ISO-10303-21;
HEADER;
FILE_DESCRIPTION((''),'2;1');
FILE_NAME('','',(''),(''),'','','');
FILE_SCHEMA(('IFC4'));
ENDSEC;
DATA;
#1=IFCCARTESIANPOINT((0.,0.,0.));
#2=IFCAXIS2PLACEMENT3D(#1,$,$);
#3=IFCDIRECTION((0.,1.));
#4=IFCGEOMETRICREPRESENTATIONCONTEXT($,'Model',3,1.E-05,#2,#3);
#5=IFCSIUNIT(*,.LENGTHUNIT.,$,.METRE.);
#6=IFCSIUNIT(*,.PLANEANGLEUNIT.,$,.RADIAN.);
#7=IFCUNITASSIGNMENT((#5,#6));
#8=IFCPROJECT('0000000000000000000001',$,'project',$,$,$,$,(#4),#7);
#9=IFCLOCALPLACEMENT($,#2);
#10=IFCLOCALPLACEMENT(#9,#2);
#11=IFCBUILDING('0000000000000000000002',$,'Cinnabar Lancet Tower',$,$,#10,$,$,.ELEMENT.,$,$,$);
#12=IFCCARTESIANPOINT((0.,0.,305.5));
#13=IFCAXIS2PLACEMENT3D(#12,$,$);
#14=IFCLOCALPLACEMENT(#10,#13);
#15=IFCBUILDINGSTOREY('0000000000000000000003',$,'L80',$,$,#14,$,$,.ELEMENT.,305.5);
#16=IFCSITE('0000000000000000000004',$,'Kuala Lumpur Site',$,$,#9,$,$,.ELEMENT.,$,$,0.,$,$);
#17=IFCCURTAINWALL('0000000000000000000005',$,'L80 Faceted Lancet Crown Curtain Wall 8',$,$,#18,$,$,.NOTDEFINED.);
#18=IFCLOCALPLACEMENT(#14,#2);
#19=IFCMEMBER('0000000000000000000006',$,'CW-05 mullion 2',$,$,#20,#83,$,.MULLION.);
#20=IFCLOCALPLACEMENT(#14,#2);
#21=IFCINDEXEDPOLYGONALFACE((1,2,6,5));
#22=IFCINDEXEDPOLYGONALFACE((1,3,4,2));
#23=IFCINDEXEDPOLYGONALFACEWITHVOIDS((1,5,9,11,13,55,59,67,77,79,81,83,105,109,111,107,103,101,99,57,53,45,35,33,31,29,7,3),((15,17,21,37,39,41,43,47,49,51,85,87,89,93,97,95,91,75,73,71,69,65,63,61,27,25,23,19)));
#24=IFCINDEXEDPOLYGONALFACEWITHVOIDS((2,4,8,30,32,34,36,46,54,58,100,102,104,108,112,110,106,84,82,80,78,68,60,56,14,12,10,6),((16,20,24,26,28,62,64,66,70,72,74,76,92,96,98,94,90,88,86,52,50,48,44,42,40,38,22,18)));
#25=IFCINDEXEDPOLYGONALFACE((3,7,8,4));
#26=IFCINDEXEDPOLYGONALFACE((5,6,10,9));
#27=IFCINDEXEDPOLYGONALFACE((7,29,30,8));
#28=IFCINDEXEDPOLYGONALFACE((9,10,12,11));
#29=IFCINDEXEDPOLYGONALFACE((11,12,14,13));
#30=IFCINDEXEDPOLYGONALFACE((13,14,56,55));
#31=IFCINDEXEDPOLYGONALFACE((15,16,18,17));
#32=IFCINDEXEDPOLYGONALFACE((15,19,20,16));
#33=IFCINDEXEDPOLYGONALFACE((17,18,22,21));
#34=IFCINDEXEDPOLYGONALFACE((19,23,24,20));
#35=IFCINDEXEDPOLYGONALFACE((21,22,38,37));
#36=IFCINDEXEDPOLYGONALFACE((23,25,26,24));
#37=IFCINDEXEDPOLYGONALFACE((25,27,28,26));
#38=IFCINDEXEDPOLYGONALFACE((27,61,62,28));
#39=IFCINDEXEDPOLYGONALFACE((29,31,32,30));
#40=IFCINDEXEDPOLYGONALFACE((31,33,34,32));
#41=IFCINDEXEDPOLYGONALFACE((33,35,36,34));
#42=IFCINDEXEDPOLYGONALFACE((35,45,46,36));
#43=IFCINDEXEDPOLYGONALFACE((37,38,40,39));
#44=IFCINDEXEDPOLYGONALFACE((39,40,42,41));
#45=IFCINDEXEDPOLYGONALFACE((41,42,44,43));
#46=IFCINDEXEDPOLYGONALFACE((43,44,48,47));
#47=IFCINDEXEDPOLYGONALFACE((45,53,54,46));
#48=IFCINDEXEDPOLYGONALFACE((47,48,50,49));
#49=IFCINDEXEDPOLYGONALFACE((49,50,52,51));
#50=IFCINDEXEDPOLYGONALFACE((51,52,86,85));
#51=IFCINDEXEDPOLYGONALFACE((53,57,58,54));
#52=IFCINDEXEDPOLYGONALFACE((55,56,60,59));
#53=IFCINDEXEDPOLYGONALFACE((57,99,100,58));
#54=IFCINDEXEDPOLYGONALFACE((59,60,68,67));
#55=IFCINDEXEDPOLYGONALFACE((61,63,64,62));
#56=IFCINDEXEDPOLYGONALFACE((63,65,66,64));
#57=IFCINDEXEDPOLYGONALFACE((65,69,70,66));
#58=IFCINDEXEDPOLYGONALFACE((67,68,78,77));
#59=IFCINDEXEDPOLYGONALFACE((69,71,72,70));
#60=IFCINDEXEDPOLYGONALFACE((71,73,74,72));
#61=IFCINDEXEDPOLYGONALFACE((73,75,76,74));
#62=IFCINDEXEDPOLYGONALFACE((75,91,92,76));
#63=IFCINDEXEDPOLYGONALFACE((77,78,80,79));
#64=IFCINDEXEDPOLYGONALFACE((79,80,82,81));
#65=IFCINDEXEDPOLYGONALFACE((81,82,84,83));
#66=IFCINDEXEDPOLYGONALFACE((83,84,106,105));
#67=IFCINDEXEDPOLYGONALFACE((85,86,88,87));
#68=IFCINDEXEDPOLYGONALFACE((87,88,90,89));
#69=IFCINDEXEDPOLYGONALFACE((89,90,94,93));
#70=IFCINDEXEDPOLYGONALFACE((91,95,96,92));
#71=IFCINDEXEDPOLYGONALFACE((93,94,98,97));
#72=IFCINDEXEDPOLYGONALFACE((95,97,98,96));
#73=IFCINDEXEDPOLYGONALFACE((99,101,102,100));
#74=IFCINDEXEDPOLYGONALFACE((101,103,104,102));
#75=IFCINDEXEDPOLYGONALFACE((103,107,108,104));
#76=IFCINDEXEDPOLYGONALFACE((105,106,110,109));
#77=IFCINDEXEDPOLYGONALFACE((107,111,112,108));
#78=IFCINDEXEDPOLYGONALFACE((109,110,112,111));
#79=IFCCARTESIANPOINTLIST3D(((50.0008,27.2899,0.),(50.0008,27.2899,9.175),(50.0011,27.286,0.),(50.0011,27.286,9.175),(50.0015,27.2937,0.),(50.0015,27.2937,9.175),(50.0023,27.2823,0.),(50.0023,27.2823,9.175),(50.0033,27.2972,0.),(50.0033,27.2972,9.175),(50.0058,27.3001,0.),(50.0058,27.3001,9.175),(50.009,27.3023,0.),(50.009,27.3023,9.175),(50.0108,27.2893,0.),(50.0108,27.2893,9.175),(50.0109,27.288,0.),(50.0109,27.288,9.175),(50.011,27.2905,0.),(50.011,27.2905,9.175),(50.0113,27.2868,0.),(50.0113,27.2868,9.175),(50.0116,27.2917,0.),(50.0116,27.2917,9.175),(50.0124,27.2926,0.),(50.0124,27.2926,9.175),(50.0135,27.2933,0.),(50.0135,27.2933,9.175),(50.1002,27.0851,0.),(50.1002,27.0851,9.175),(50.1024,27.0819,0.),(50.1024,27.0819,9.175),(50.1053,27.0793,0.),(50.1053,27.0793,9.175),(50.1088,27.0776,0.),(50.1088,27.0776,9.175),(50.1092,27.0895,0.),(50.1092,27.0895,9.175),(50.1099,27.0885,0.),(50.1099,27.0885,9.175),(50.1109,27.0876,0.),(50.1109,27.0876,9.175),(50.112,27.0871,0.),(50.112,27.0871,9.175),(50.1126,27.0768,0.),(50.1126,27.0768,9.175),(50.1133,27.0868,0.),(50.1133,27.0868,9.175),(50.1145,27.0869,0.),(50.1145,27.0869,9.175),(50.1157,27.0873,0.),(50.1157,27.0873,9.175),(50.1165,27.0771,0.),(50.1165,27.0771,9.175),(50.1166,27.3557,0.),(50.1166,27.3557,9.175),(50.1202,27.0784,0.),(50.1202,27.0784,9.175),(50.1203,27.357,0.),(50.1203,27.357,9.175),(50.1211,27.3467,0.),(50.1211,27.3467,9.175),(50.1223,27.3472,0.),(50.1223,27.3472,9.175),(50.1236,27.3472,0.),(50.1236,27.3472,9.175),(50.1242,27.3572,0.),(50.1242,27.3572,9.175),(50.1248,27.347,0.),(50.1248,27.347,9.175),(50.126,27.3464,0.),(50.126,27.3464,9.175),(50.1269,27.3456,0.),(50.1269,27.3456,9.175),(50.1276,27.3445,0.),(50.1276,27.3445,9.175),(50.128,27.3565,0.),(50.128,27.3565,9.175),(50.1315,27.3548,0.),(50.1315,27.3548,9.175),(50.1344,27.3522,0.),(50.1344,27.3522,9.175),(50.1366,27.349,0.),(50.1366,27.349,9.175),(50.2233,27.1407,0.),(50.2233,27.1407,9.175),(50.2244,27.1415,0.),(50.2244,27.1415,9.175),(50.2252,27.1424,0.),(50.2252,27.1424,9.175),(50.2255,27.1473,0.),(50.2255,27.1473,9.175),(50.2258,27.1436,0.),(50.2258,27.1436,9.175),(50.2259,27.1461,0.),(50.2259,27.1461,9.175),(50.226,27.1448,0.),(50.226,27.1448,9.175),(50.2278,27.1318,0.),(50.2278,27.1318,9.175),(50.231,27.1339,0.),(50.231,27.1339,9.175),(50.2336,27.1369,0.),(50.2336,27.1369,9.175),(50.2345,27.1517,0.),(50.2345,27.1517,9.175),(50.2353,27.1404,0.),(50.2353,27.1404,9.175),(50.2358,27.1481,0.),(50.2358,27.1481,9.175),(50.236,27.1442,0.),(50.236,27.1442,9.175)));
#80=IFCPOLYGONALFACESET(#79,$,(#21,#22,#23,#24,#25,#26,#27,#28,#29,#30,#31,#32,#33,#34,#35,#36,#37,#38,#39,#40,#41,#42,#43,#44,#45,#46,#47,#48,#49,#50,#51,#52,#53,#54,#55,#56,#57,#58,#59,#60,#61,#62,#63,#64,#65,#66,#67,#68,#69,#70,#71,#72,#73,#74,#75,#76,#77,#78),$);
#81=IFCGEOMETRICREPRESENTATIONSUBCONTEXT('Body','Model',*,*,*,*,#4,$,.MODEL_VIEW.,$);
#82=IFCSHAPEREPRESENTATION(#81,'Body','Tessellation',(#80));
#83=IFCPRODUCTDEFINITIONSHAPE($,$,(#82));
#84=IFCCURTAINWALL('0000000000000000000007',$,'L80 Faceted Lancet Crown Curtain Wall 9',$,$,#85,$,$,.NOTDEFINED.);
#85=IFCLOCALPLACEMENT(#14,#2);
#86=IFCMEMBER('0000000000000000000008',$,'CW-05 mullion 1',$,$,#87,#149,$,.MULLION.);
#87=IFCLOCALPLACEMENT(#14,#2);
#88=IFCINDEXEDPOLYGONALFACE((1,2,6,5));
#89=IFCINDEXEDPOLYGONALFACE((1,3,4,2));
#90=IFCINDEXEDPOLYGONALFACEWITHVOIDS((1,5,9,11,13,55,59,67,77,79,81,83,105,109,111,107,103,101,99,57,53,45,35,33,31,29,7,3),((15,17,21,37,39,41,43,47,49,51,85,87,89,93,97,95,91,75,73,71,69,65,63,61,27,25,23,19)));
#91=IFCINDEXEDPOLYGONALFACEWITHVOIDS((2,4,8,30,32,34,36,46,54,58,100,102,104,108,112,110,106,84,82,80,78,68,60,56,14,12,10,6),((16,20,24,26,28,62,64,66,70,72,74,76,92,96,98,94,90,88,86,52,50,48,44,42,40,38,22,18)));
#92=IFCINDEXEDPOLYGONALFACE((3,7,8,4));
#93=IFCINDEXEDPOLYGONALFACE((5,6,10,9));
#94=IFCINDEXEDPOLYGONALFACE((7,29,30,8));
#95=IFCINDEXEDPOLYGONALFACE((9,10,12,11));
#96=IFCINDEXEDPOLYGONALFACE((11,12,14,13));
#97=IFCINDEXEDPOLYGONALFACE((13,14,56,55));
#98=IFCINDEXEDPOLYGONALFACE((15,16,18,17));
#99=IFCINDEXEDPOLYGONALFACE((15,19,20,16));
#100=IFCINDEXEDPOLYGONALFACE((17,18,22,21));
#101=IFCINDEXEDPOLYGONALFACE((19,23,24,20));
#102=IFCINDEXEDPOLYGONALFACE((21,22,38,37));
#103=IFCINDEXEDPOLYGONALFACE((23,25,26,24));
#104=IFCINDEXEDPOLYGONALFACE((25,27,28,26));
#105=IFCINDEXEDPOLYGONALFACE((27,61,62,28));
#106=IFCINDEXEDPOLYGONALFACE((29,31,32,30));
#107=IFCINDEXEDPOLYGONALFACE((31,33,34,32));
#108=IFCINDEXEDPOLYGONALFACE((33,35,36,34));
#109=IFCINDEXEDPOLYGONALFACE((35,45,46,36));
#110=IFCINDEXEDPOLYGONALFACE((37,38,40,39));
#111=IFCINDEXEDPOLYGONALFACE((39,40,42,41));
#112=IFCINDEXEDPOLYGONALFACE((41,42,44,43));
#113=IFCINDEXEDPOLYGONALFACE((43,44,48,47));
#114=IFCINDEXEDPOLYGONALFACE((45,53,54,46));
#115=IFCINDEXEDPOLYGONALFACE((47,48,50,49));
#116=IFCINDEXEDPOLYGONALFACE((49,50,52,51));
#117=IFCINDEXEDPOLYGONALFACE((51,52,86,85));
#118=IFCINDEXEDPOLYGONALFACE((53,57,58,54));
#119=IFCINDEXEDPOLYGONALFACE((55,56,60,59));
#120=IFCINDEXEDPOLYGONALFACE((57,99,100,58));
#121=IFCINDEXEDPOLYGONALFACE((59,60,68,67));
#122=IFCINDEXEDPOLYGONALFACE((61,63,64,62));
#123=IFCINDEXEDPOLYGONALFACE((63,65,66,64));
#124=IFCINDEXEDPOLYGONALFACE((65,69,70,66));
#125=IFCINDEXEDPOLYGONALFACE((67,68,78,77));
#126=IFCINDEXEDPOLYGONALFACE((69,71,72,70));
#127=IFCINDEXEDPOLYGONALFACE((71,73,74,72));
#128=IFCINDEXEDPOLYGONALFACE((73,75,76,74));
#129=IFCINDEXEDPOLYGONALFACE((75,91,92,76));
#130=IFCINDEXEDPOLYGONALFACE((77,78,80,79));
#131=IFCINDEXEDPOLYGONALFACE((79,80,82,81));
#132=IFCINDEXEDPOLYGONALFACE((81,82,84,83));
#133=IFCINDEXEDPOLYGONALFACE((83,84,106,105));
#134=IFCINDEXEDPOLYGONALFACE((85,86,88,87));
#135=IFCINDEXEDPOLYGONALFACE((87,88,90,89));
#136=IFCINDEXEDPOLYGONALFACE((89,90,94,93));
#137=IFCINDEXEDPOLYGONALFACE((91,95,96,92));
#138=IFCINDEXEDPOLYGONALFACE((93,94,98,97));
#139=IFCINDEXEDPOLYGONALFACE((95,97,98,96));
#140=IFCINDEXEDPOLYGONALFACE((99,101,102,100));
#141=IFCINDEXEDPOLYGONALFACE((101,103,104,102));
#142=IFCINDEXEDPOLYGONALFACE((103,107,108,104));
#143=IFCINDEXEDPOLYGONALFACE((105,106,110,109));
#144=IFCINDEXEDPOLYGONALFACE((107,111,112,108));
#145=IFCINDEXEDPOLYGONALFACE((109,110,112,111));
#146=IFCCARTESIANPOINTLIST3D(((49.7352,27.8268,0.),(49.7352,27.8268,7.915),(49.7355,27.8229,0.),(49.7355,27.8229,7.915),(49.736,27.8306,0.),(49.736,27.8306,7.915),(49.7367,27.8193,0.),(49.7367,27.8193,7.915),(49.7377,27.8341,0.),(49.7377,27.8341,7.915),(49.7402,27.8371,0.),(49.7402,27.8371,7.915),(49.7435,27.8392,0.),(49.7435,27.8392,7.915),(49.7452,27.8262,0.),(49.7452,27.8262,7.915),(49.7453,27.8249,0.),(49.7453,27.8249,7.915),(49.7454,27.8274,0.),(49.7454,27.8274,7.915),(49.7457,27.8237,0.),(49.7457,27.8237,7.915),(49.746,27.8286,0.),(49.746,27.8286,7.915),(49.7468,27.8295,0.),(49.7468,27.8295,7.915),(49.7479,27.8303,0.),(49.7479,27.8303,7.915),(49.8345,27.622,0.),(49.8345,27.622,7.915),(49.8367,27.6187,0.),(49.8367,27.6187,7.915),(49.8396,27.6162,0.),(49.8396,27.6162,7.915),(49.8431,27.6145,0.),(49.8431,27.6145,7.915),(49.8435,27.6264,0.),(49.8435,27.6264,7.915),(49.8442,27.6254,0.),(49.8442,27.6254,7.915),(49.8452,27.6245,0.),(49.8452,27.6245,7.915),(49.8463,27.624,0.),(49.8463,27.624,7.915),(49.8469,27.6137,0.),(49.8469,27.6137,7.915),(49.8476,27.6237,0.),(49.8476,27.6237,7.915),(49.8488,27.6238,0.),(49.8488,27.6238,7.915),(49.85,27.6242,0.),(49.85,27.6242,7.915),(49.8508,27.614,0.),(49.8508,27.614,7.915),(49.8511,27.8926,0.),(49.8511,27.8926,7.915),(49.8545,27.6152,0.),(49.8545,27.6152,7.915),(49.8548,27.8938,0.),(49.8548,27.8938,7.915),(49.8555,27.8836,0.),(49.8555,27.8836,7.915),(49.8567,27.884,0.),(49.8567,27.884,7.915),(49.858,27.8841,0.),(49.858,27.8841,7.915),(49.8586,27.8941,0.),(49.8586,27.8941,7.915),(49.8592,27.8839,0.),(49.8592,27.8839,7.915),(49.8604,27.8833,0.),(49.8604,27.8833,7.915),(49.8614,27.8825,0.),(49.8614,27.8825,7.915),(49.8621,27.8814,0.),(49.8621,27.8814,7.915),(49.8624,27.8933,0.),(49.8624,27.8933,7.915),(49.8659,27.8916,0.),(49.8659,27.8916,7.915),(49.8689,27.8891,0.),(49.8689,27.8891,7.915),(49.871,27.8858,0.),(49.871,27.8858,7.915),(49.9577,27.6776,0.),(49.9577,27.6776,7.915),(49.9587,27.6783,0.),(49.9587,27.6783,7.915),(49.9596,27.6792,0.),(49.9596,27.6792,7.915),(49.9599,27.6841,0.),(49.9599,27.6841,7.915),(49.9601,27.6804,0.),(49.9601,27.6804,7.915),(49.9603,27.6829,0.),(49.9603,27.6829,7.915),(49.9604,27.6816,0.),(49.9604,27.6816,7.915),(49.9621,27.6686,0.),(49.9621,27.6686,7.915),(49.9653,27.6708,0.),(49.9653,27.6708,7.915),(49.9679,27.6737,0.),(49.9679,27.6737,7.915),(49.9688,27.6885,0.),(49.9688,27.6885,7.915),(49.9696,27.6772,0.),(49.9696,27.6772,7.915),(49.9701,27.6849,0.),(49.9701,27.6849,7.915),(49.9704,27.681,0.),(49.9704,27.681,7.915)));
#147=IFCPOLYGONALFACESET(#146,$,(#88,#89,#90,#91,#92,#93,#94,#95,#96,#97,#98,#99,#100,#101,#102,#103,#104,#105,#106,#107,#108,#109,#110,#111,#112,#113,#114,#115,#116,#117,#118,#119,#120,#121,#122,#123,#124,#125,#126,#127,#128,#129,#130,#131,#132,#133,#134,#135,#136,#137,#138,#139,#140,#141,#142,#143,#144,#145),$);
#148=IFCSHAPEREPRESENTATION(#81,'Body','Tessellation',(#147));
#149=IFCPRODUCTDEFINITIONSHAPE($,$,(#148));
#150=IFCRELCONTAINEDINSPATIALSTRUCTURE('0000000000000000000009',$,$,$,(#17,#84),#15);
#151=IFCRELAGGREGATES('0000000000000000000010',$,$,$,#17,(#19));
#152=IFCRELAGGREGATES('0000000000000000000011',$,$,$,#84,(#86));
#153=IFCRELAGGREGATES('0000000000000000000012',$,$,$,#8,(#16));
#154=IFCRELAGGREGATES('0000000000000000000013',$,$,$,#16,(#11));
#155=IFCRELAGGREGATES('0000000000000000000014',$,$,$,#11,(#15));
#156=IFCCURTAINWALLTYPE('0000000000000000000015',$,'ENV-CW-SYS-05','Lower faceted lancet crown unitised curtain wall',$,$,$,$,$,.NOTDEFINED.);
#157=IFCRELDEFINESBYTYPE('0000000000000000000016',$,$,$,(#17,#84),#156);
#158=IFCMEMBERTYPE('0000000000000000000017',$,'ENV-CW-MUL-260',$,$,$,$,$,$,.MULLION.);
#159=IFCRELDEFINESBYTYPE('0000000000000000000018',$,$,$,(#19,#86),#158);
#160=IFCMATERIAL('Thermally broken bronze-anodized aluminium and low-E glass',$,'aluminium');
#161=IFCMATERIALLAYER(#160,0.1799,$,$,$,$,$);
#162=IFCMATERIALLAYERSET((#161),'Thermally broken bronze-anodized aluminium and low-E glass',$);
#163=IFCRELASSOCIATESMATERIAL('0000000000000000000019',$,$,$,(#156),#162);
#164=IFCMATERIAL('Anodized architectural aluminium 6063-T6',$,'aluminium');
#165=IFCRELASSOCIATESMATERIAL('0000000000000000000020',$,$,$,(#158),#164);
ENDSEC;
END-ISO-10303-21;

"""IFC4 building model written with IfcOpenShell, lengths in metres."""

from ifc_helpers import new_model, si_unit, direction, frame, origin, origin_2d, place, context, subcontext, project, spatial, hollow_rectangle, extrude, material, layer, layer_set, material_profile, profile_set, type_object, element, aggregate, save


model = new_model("IFC4")

# Units and contexts
model_context = context("Model", 3, precision=1e-05, world=origin(), true_north=direction((0.0, 1.0)))
body_context = subcontext(model_context, "Body", "Model", "MODEL_VIEW")
ifc_project = project(units=[si_unit("LENGTHUNIT", "METRE"), si_unit("PLANEANGLEUNIT", "RADIAN")], contexts=[model_context])

# Site, building, storey
site_placement = place(None, origin())
site = spatial("IfcSite", under=ifc_project, at=site_placement, Name="Kuala Lumpur Site", CompositionType="ELEMENT", RefElevation=0.0)
building_placement = place(site_placement, origin())
building = spatial("IfcBuilding", under=site, at=building_placement, Name="Cinnabar Lancet Tower", CompositionType="ELEMENT")
storey_placement = place(building_placement, frame((0.0, 0.0, 305.5)))
storey = spatial("IfcBuildingStorey", under=building, at=storey_placement, Name="L80", CompositionType="ELEMENT", Elevation=305.5)

# Shared definitions
ifc_material_1 = material(Name="Thermally broken bronze-anodized aluminium and low-E glass", Category="aluminium")
ifc_layer_1 = layer(ifc_material_1, 0.1799)
ifc_layer_set_1 = layer_set([ifc_layer_1], Name="Thermally broken bronze-anodized aluminium and low-E glass")
curtain_wall_type = type_object("IfcCurtainWallType", Name="ENV-CW-SYS-05", Description="Lower faceted lancet crown unitised curtain wall", PredefinedType="NOTDEFINED", material=ifc_layer_set_1)
ifc_material_2 = material(Name="Anodized architectural aluminium 6063-T6", Category="aluminium")
ifc_material_profile_1 = material_profile(ifc_material_2, hollow_rectangle(XDim=0.1499, YDim=0.25, WallThickness=0.01, InnerFilletRadius=0.0049, OuterFilletRadius=0.0149, at=origin_2d()), Name="RHS 250x150x10")
ifc_profile_set_1 = profile_set([ifc_material_profile_1], Name="Anodized architectural aluminium 6063-T6")
member_type_1 = type_object("IfcMemberType", Name="ENV-CW-MUL-260", PredefinedType="MULLION", material=ifc_profile_set_1)

# Curtain walls, members
curtain_wall_1_placement = place(storey_placement, origin())
curtain_wall_1 = element("IfcCurtainWall", 1, at=curtain_wall_1_placement, inside=storey, type_object=curtain_wall_type, Name="L80 Faceted Lancet Crown Curtain Wall 8", PredefinedType="NOTDEFINED")
member_1_placement = place(storey_placement, frame((50.1184, 27.217, 0.0), z_axis=(0.0, 0.0, 1.0), x_axis=(-0.895742, -0.444574, 0.0)))
member_1 = element("IfcMember", 2, at=member_1_placement, type_object=member_type_1, Name="CW-05 mullion 2", PredefinedType="MULLION", context=body_context, shape_type="SweptSolid", body=[
    extrude(hollow_rectangle(XDim=0.1499, YDim=0.25, WallThickness=0.01, InnerFilletRadius=0.0049, OuterFilletRadius=0.0149, at=origin_2d()), origin(), (0.0, 0.0, 1.0), 9.175),
])
curtain_wall_2_placement = place(storey_placement, origin())
curtain_wall_2 = element("IfcCurtainWall", 3, at=curtain_wall_2_placement, inside=storey, type_object=curtain_wall_type, Name="L80 Faceted Lancet Crown Curtain Wall 9", PredefinedType="NOTDEFINED")
member_2_placement = place(storey_placement, frame((49.8528, 27.7539, 0.0), z_axis=(0.0, 0.0, 1.0), x_axis=(-0.895948, -0.444159, 0.0)))
member_2 = element("IfcMember", 4, at=member_2_placement, type_object=member_type_1, Name="CW-05 mullion 1", PredefinedType="MULLION", context=body_context, shape_type="SweptSolid", body=[
    extrude(hollow_rectangle(XDim=0.1499, YDim=0.25, WallThickness=0.01, InnerFilletRadius=0.0049, OuterFilletRadius=0.0149, at=origin_2d()), origin(), (0.0, 0.0, 1.0), 7.915),
])

aggregate(curtain_wall_1, [member_1])
aggregate(curtain_wall_2, [member_2])

save(model, "model.ifc")
